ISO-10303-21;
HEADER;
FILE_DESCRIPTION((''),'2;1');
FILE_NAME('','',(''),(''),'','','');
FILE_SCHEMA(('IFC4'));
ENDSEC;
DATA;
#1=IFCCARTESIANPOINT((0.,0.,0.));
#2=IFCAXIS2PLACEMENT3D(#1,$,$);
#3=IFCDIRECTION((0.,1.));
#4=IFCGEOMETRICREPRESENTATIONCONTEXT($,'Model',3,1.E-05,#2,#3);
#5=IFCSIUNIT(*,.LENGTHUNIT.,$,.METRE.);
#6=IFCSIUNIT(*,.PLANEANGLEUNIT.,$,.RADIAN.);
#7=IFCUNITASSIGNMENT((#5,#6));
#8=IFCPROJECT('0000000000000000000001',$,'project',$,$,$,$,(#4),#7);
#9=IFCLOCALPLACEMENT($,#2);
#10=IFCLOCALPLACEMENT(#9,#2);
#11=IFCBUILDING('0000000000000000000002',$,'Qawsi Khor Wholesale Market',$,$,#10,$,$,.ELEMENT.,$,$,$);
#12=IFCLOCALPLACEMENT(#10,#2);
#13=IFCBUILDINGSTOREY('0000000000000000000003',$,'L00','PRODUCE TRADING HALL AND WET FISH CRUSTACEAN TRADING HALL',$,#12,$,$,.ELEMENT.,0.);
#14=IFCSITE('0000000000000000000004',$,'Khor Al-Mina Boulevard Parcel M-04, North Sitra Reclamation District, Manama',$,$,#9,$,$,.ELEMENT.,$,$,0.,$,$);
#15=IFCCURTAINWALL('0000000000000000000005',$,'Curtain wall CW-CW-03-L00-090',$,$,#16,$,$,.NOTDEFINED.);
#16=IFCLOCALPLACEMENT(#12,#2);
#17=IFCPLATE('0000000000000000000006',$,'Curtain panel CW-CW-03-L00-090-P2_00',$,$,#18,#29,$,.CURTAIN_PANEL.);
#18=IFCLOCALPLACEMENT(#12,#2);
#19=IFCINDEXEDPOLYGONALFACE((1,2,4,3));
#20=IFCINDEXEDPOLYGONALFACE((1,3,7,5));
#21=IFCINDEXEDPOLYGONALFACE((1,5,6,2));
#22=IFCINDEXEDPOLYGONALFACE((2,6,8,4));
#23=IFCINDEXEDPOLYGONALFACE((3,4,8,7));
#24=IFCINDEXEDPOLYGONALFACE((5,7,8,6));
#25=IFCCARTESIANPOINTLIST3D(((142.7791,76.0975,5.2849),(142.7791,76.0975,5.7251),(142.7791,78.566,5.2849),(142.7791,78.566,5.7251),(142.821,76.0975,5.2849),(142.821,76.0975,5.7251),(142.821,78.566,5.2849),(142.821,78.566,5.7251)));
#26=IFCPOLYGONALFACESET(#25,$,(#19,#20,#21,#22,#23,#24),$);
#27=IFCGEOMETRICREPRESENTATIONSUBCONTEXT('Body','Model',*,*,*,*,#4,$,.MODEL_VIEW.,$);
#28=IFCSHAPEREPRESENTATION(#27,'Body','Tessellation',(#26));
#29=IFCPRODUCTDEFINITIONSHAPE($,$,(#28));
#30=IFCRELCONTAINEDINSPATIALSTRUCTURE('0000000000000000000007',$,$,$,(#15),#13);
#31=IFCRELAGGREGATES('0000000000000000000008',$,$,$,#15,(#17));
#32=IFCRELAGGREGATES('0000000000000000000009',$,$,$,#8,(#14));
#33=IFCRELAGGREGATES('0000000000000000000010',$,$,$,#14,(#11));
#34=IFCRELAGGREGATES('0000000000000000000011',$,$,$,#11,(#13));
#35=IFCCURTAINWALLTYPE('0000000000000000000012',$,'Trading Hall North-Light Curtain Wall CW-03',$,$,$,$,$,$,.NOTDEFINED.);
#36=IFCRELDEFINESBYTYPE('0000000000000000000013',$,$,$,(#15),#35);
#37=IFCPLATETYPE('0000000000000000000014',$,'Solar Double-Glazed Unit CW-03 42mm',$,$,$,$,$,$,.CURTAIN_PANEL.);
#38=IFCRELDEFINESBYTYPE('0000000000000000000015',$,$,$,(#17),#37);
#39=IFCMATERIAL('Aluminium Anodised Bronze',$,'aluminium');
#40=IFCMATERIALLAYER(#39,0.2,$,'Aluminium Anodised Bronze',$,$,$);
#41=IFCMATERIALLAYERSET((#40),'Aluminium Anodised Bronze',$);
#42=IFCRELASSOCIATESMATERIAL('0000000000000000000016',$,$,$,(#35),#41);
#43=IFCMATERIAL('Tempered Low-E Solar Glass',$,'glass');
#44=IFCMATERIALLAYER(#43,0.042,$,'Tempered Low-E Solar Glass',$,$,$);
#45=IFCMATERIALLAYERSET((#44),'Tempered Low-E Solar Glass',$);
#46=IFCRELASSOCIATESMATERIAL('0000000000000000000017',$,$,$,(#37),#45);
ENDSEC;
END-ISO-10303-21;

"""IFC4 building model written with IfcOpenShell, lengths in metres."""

from ifc_helpers import new_model, si_unit, direction, frame, frame_2d, origin, place, context, subcontext, project, spatial, rectangle, extrude, material, layer, layer_set, type_object, element, aggregate, save


model = new_model("IFC4")

# Units and contexts
model_context = context("Model", 3, precision=1e-05, world=origin(), true_north=direction((0.0, 1.0)))
body_context = subcontext(model_context, "Body", "Model", "MODEL_VIEW")
ifc_project = project(units=[si_unit("LENGTHUNIT", "METRE"), si_unit("PLANEANGLEUNIT", "RADIAN")], contexts=[model_context])

# Site, building, storey
site_placement = place(None, origin())
site = spatial("IfcSite", under=ifc_project, at=site_placement, Name="Khor Al-Mina Boulevard Parcel M-04, North Sitra Reclamation District, Manama", CompositionType="ELEMENT", RefElevation=0.0)
building_placement = place(site_placement, origin())
building = spatial("IfcBuilding", under=site, at=building_placement, Name="Qawsi Khor Wholesale Market", CompositionType="ELEMENT")
storey_placement = place(building_placement, origin())
storey = spatial("IfcBuildingStorey", under=building, at=storey_placement, Name="L00", Description="PRODUCE TRADING HALL AND WET FISH CRUSTACEAN TRADING HALL", CompositionType="ELEMENT", Elevation=0.0)

# Curtain wall
ifc_material_1 = material(Name="Aluminium Anodised Bronze", Category="aluminium")
ifc_layer_1 = layer(ifc_material_1, 0.2, Name="Aluminium Anodised Bronze")
ifc_layer_set_1 = layer_set([ifc_layer_1], Name="Aluminium Anodised Bronze")
curtain_wall_type = type_object("IfcCurtainWallType", Name="Trading Hall North-Light Curtain Wall CW-03", PredefinedType="NOTDEFINED", material=ifc_layer_set_1)
curtain_wall_1_placement = place(storey_placement, origin())
curtain_wall_1 = element("IfcCurtainWall", 1, at=curtain_wall_1_placement, inside=storey, type_object=curtain_wall_type, Name="Curtain wall CW-CW-03-L00-090", PredefinedType="NOTDEFINED")

# Plate
ifc_material_2 = material(Name="Tempered Low-E Solar Glass", Category="glass")
ifc_layer_2 = layer(ifc_material_2, 0.042, Name="Tempered Low-E Solar Glass")
ifc_layer_set_2 = layer_set([ifc_layer_2], Name="Tempered Low-E Solar Glass")
plate_type_1 = type_object("IfcPlateType", Name="Solar Double-Glazed Unit CW-03 42mm", PredefinedType="CURTAIN_PANEL", material=ifc_layer_set_2)
plate_1_placement = place(storey_placement, frame((142.8, 76.0974, 5.2849), z_axis=(0.0, 0.0, 1.0), x_axis=(0.0, 1.0, 0.0)))
plate_1 = element("IfcPlate", 2, at=plate_1_placement, type_object=plate_type_1, Name="Curtain panel CW-CW-03-L00-090-P2_00", PredefinedType="CURTAIN_PANEL", context=body_context, shape_type="SweptSolid", body=[
    extrude(rectangle(XDim=2.4685, YDim=0.042, at=frame_2d((1.2344, 0.0))), origin(), (0.0, 0.0, 1.0), 0.4402),
])
aggregate(curtain_wall_1, [plate_1])

save(model, "model.ifc")
